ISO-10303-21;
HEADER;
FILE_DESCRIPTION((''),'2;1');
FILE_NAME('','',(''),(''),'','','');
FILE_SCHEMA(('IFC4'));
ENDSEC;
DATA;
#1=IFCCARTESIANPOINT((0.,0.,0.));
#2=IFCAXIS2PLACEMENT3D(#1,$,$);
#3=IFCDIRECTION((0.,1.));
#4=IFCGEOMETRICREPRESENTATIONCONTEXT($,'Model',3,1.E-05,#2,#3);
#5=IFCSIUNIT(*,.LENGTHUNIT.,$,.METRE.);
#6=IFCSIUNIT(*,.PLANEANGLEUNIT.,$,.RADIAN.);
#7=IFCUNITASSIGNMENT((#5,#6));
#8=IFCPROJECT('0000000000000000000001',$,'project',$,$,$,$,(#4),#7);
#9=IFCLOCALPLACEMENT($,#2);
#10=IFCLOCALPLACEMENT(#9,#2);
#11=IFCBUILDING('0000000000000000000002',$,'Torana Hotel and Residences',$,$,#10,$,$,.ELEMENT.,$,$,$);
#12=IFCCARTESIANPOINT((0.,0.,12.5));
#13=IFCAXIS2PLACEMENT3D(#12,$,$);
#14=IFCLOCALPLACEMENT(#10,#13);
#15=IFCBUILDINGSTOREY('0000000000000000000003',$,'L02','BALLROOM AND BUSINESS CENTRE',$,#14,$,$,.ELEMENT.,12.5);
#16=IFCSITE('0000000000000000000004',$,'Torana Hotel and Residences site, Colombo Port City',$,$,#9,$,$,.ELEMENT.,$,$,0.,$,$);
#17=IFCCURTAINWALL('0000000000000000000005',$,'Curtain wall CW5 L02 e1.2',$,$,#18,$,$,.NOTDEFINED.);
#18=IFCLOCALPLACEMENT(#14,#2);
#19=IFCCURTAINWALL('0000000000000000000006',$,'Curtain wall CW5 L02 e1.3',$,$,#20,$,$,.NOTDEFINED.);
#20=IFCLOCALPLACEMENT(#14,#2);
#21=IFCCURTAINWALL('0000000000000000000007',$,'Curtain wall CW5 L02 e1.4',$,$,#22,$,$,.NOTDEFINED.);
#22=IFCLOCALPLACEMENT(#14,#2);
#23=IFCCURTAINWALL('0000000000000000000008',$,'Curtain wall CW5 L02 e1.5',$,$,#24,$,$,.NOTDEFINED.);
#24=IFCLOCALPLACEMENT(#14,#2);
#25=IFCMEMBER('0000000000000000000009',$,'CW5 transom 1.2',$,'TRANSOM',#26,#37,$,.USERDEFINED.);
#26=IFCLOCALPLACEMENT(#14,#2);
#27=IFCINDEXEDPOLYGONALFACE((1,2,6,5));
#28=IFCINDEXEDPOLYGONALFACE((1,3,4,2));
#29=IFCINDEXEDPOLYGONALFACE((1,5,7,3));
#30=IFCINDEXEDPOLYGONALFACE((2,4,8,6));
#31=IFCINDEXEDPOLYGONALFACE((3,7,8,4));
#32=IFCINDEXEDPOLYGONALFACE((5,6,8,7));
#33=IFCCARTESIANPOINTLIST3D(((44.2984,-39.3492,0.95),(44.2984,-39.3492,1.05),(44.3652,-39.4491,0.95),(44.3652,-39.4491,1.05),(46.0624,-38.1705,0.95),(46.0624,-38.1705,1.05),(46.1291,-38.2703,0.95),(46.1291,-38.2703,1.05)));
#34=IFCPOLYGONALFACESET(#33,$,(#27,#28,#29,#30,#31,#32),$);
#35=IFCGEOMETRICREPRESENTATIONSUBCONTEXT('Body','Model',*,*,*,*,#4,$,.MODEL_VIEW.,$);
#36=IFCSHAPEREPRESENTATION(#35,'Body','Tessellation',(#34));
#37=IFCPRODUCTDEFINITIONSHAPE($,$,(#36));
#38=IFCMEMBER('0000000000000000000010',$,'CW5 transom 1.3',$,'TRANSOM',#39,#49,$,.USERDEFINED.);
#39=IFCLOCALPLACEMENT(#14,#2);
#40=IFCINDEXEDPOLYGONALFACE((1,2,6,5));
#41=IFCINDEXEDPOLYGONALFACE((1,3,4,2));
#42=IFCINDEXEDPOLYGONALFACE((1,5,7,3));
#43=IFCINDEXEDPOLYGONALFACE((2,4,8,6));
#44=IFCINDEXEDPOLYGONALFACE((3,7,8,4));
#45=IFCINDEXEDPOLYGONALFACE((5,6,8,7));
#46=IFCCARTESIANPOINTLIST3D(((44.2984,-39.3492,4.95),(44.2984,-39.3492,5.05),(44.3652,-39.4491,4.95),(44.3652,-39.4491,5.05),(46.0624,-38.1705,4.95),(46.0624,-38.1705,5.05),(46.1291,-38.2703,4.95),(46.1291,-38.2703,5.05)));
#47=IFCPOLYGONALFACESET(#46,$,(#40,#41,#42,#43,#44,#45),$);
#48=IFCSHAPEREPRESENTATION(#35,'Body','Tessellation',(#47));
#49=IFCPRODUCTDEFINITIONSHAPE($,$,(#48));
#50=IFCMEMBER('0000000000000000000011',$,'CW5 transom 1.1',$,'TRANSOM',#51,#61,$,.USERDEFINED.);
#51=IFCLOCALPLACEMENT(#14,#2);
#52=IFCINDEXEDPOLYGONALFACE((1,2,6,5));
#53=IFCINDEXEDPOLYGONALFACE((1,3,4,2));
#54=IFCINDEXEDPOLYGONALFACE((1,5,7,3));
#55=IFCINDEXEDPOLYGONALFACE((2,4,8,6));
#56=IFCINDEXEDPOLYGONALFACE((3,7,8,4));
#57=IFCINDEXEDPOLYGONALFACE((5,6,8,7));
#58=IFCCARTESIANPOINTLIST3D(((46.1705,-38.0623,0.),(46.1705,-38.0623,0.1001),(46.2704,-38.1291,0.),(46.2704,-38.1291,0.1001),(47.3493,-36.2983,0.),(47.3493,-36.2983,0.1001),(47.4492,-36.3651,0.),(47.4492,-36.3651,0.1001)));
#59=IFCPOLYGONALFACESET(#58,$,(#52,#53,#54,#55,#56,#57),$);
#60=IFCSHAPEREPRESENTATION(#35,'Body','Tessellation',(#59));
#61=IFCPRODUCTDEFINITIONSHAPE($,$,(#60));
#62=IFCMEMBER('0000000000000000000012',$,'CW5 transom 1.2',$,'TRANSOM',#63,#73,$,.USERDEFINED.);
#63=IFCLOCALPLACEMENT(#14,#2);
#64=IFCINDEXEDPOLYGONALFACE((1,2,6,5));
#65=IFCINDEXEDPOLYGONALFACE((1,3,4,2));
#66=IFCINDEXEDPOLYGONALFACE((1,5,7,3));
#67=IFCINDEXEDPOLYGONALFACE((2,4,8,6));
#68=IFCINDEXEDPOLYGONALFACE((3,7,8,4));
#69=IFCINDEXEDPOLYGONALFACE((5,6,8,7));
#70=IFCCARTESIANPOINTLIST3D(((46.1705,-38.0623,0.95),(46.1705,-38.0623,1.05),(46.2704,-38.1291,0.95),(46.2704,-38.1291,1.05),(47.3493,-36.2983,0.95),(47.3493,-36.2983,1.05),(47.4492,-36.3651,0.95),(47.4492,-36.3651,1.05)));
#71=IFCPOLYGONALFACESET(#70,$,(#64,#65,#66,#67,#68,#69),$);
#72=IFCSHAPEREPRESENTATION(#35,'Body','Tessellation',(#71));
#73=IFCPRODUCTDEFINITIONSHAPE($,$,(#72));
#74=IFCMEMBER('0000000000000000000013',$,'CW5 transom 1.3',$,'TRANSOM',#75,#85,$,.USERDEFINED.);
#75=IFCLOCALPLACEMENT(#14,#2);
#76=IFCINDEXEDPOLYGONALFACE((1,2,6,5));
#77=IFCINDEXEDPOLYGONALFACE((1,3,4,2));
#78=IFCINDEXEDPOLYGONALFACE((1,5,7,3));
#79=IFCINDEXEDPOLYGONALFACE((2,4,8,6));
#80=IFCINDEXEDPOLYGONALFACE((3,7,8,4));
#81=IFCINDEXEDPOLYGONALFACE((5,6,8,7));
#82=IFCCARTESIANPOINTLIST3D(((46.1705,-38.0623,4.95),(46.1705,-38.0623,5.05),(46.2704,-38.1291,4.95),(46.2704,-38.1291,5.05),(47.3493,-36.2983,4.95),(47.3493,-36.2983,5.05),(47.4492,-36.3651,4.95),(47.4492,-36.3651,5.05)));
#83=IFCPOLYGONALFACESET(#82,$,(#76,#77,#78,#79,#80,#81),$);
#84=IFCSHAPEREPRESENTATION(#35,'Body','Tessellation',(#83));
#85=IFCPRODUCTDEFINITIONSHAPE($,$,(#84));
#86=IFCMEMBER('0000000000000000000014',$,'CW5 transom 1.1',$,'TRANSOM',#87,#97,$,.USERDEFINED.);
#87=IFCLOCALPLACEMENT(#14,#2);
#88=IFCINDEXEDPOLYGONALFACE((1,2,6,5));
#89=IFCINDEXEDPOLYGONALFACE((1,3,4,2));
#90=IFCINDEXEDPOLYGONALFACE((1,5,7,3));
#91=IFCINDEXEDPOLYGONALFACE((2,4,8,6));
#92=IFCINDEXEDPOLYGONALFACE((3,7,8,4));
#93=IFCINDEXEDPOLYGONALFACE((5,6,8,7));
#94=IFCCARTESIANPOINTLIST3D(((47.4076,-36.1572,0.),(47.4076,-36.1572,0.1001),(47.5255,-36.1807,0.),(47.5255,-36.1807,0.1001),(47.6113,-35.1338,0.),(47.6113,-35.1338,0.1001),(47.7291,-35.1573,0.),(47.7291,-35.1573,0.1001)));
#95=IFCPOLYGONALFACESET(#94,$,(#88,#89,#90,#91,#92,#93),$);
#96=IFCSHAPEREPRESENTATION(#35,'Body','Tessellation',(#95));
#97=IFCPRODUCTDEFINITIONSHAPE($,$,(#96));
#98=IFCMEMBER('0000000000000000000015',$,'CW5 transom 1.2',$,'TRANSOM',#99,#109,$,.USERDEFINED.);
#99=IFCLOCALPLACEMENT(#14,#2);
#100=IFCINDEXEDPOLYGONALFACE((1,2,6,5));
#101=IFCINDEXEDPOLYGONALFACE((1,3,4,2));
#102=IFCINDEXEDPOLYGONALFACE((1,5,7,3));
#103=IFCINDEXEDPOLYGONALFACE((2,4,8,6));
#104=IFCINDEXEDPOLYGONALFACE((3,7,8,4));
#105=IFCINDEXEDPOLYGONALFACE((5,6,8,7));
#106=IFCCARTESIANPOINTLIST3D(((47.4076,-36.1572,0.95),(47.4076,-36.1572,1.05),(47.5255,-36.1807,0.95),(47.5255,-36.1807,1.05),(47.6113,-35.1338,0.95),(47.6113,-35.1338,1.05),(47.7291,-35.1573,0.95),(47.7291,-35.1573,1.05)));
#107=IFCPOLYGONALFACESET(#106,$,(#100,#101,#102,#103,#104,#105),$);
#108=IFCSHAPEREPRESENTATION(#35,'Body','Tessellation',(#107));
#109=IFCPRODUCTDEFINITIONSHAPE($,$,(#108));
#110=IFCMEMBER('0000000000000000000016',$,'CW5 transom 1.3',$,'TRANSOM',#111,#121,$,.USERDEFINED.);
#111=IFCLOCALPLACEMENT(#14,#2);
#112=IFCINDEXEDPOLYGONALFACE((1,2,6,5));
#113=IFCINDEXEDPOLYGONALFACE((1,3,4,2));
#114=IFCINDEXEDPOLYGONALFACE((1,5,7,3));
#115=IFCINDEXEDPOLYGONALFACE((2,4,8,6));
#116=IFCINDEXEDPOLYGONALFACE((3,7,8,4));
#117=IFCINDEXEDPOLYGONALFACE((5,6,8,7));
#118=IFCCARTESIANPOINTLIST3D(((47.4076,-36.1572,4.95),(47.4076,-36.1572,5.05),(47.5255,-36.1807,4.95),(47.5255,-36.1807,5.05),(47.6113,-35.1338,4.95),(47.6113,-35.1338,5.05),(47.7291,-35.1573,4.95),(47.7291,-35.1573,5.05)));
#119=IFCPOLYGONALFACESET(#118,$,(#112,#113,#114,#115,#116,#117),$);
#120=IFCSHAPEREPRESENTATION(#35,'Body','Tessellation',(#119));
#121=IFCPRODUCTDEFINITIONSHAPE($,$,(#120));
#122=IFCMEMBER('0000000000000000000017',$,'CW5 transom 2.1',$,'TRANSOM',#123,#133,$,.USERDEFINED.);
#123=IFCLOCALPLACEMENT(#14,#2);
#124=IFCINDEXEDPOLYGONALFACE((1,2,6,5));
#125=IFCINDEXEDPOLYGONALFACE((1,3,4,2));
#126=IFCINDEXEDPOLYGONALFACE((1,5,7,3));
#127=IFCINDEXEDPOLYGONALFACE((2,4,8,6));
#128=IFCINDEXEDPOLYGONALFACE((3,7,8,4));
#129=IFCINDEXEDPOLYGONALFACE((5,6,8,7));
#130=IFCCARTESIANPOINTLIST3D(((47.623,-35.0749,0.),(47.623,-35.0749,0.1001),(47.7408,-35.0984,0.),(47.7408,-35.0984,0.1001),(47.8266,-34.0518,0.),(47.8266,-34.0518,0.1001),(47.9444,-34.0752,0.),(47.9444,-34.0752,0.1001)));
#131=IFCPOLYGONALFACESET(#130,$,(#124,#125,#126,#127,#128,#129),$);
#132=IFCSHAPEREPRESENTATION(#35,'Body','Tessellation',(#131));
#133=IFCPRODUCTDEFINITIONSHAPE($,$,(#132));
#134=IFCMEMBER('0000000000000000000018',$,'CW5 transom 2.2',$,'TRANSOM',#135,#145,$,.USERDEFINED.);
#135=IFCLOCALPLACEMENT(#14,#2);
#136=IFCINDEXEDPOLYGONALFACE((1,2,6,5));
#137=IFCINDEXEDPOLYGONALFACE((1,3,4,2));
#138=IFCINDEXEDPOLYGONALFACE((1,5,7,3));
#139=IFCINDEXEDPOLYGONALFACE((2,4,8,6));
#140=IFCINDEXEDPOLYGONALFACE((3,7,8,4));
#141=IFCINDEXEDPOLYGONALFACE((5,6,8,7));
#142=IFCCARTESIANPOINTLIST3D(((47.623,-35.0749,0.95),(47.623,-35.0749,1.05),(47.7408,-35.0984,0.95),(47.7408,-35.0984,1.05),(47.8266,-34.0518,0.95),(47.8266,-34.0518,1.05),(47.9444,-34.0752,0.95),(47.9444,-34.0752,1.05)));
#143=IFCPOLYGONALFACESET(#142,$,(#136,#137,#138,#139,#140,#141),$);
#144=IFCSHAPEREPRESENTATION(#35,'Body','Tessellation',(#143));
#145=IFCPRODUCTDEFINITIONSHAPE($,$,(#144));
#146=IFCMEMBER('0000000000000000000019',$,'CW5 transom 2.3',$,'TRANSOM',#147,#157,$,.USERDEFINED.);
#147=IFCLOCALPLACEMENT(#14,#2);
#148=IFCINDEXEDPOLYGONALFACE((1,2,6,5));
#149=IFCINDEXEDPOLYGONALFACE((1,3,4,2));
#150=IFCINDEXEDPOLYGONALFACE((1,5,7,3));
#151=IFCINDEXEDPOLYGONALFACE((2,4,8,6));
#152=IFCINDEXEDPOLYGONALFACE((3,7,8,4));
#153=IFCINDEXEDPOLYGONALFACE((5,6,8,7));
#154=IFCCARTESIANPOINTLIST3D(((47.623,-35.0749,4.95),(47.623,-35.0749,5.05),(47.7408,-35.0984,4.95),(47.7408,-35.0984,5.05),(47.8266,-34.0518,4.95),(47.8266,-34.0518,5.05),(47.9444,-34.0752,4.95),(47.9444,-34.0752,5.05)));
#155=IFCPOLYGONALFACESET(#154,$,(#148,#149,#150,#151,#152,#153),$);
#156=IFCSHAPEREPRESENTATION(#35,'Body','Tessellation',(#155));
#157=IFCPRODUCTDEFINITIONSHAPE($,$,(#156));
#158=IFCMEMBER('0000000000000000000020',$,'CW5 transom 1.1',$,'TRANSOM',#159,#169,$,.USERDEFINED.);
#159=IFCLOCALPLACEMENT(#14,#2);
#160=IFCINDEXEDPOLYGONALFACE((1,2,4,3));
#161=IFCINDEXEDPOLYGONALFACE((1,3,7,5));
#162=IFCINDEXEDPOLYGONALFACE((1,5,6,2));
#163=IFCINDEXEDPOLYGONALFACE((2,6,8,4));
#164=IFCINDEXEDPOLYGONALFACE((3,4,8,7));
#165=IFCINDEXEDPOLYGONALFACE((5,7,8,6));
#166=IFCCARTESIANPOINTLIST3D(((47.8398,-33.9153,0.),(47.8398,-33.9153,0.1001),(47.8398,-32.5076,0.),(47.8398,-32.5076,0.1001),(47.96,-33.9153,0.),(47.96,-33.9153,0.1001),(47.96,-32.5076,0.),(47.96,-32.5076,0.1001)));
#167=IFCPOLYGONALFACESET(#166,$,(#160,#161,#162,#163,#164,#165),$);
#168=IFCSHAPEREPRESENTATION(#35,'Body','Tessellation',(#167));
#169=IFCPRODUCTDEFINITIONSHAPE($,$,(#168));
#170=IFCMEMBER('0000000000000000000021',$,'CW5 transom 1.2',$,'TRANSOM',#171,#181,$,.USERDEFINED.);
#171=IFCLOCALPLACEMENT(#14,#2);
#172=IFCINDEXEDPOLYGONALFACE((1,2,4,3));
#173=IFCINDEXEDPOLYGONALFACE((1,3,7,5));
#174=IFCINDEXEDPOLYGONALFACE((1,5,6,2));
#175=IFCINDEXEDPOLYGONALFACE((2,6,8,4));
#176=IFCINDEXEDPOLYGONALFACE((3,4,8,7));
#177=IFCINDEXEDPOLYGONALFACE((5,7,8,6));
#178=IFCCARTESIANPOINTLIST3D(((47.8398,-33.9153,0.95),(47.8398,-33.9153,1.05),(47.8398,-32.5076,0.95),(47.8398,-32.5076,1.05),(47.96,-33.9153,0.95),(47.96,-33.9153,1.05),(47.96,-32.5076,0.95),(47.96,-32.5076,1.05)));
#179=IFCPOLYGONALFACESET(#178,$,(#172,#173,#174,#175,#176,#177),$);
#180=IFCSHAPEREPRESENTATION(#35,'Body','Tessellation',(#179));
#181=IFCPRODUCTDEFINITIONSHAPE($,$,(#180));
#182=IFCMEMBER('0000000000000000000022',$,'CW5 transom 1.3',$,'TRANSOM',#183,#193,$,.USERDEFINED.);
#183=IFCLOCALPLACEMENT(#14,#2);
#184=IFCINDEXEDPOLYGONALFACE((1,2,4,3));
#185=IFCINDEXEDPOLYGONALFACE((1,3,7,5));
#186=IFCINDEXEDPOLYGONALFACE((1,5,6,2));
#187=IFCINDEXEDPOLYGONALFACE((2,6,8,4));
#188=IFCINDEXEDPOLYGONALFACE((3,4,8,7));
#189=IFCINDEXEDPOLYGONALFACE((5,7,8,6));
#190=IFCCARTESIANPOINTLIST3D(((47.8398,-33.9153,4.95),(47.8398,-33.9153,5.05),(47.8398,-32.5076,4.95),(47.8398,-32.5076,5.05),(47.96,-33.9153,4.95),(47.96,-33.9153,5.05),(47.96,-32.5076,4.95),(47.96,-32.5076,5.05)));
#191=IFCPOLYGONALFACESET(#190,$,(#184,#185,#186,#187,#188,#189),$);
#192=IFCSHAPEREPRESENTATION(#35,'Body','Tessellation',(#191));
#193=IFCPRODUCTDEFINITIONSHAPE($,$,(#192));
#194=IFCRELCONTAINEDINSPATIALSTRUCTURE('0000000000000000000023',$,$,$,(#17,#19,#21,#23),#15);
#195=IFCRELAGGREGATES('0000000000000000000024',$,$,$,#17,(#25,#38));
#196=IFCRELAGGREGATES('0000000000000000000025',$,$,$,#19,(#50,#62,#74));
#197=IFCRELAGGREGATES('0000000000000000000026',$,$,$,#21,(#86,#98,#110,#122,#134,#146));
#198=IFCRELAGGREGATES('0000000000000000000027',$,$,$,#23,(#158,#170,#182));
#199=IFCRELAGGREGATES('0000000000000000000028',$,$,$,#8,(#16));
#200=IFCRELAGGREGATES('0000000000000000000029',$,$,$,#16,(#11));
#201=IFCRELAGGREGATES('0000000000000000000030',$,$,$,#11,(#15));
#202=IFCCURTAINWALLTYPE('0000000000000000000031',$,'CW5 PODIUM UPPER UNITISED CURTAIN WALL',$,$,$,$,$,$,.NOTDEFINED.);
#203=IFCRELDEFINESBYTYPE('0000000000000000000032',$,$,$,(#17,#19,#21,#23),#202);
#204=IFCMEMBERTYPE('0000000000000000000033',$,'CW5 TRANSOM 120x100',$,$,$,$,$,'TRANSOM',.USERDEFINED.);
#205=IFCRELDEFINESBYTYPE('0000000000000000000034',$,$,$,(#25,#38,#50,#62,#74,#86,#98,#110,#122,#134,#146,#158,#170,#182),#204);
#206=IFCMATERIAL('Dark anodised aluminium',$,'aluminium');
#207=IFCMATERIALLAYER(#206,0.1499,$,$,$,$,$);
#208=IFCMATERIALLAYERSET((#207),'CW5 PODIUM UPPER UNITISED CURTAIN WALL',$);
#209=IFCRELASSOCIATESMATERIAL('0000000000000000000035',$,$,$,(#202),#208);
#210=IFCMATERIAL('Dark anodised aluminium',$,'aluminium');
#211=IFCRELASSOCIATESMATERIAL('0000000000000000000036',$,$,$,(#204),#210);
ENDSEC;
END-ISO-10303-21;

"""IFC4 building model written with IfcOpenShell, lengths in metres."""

from ifc_helpers import new_model, si_unit, direction, frame, origin, origin_2d, place, context, subcontext, project, spatial, rectangle, extrude, material, layer, layer_set, material_profile, profile_set, type_object, element, aggregate, save


model = new_model("IFC4")

# Units and contexts
model_context = context("Model", 3, precision=1e-05, world=origin(), true_north=direction((0.0, 1.0)))
body_context = subcontext(model_context, "Body", "Model", "MODEL_VIEW")
ifc_project = project(units=[si_unit("LENGTHUNIT", "METRE"), si_unit("PLANEANGLEUNIT", "RADIAN")], contexts=[model_context])

# Site, building, storey
site_placement = place(None, origin())
site = spatial("IfcSite", under=ifc_project, at=site_placement, Name="Torana Hotel and Residences site, Colombo Port City", CompositionType="ELEMENT", RefElevation=0.0)
building_placement = place(site_placement, origin())
building = spatial("IfcBuilding", under=site, at=building_placement, Name="Torana Hotel and Residences", CompositionType="ELEMENT")
storey_placement = place(building_placement, frame((0.0, 0.0, 12.5)))
storey = spatial("IfcBuildingStorey", under=building, at=storey_placement, Name="L02", Description="BALLROOM AND BUSINESS CENTRE", CompositionType="ELEMENT", Elevation=12.5)

# Shared definitions
ifc_material_1 = material(Name="Dark anodised aluminium", Category="aluminium")
ifc_layer_1 = layer(ifc_material_1, 0.1499)
ifc_layer_set_1 = layer_set([ifc_layer_1], Name="CW5 PODIUM UPPER UNITISED CURTAIN WALL")
curtain_wall_type = type_object("IfcCurtainWallType", Name="CW5 PODIUM UPPER UNITISED CURTAIN WALL", PredefinedType="NOTDEFINED", material=ifc_layer_set_1)

# Curtain walls
curtain_wall_1_placement = place(storey_placement, origin())
curtain_wall_1 = element("IfcCurtainWall", 1, at=curtain_wall_1_placement, inside=storey, type_object=curtain_wall_type, Name="Curtain wall CW5 L02 e1.2", PredefinedType="NOTDEFINED")
curtain_wall_2_placement = place(storey_placement, origin())
curtain_wall_2 = element("IfcCurtainWall", 2, at=curtain_wall_2_placement, inside=storey, type_object=curtain_wall_type, Name="Curtain wall CW5 L02 e1.3", PredefinedType="NOTDEFINED")
curtain_wall_3_placement = place(storey_placement, origin())
curtain_wall_3 = element("IfcCurtainWall", 3, at=curtain_wall_3_placement, inside=storey, type_object=curtain_wall_type, Name="Curtain wall CW5 L02 e1.4", PredefinedType="NOTDEFINED")

# Curtain wall
curtain_wall_4_placement = place(storey_placement, origin())
curtain_wall_4 = element("IfcCurtainWall", 4, at=curtain_wall_4_placement, inside=storey, type_object=curtain_wall_type, Name="Curtain wall CW5 L02 e1.5", PredefinedType="NOTDEFINED")

# Members
ifc_material_2 = material(Name="Dark anodised aluminium", Category="aluminium")
ifc_material_profile_1 = material_profile(ifc_material_2, rectangle(XDim=0.1201, YDim=0.1001, at=origin_2d()), Name="CW5 TRANSOM 120x100")
ifc_profile_set_1 = profile_set([ifc_material_profile_1], Name="Dark anodised aluminium")
member_type_1 = type_object("IfcMemberType", Name="CW5 TRANSOM 120x100", ElementType="TRANSOM", PredefinedType="USERDEFINED", material=ifc_profile_set_1)
member_1_placement = place(storey_placement, frame((44.3318, -39.3992, 1.0), z_axis=(0.831448, 0.555603, 0.0), x_axis=(-0.555603, 0.831448, 0.0)))
member_1 = element("IfcMember", 5, at=member_1_placement, type_object=member_type_1, Name="CW5 transom 1.2", ObjectType="TRANSOM", PredefinedType="USERDEFINED", context=body_context, shape_type="SweptSolid", body=[
    extrude(rectangle(XDim=0.1201, YDim=0.1001, at=origin_2d()), origin(), (0.0, 0.0, 1.0), 2.1216),
])
member_2_placement = place(storey_placement, frame((44.3318, -39.3992, 5.0), z_axis=(0.831448, 0.555603, 0.0), x_axis=(-0.555603, 0.831448, 0.0)))
member_2 = element("IfcMember", 6, at=member_2_placement, type_object=member_type_1, Name="CW5 transom 1.3", ObjectType="TRANSOM", PredefinedType="USERDEFINED", context=body_context, shape_type="SweptSolid", body=[
    extrude(rectangle(XDim=0.1201, YDim=0.1001, at=origin_2d()), origin(), (0.0, 0.0, 1.0), 2.1216),
])
member_3_placement = place(storey_placement, frame((46.2205, -38.0957, 0.05), z_axis=(0.555603, 0.831448, 0.0), x_axis=(-0.831448, 0.555603, 0.0)))
member_3 = element("IfcMember", 7, at=member_3_placement, type_object=member_type_1, Name="CW5 transom 1.1", ObjectType="TRANSOM", PredefinedType="USERDEFINED", context=body_context, shape_type="SweptSolid", body=[
    extrude(rectangle(XDim=0.1201, YDim=0.1001, at=origin_2d()), origin(), (0.0, 0.0, 1.0), 2.1216),
])
member_4_placement = place(storey_placement, frame((46.2205, -38.0957, 1.0), z_axis=(0.555603, 0.831448, 0.0), x_axis=(-0.831448, 0.555603, 0.0)))
member_4 = element("IfcMember", 8, at=member_4_placement, type_object=member_type_1, Name="CW5 transom 1.2", ObjectType="TRANSOM", PredefinedType="USERDEFINED", context=body_context, shape_type="SweptSolid", body=[
    extrude(rectangle(XDim=0.1201, YDim=0.1001, at=origin_2d()), origin(), (0.0, 0.0, 1.0), 2.1216),
])
member_5_placement = place(storey_placement, frame((46.2205, -38.0957, 5.0), z_axis=(0.555603, 0.831448, 0.0), x_axis=(-0.831448, 0.555603, 0.0)))
member_5 = element("IfcMember", 9, at=member_5_placement, type_object=member_type_1, Name="CW5 transom 1.3", ObjectType="TRANSOM", PredefinedType="USERDEFINED", context=body_context, shape_type="SweptSolid", body=[
    extrude(rectangle(XDim=0.1201, YDim=0.1001, at=origin_2d()), origin(), (0.0, 0.0, 1.0), 2.1216),
])
member_6_placement = place(storey_placement, frame((47.4666, -36.1689, 0.05), z_axis=(0.195126, 0.980778, 0.0), x_axis=(-0.980778, 0.195126, 0.0)))
member_6 = element("IfcMember", 10, at=member_6_placement, type_object=member_type_1, Name="CW5 transom 1.1", ObjectType="TRANSOM", PredefinedType="USERDEFINED", context=body_context, shape_type="SweptSolid", body=[
    extrude(rectangle(XDim=0.1201, YDim=0.1001, at=origin_2d()), origin(), (0.0, 0.0, 1.0), 1.0435),
])
member_7_placement = place(storey_placement, frame((47.4666, -36.1689, 1.0), z_axis=(0.195126, 0.980778, 0.0), x_axis=(-0.980778, 0.195126, 0.0)))
member_7 = element("IfcMember", 11, at=member_7_placement, type_object=member_type_1, Name="CW5 transom 1.2", ObjectType="TRANSOM", PredefinedType="USERDEFINED", context=body_context, shape_type="SweptSolid", body=[
    extrude(rectangle(XDim=0.1201, YDim=0.1001, at=origin_2d()), origin(), (0.0, 0.0, 1.0), 1.0435),
])
member_8_placement = place(storey_placement, frame((47.4666, -36.1689, 5.0), z_axis=(0.195126, 0.980778, 0.0), x_axis=(-0.980778, 0.195126, 0.0)))
member_8 = element("IfcMember", 12, at=member_8_placement, type_object=member_type_1, Name="CW5 transom 1.3", ObjectType="TRANSOM", PredefinedType="USERDEFINED", context=body_context, shape_type="SweptSolid", body=[
    extrude(rectangle(XDim=0.1201, YDim=0.1001, at=origin_2d()), origin(), (0.0, 0.0, 1.0), 1.0435),
])
member_9_placement = place(storey_placement, frame((47.6819, -35.0867, 0.05), z_axis=(0.195171, 0.980769, 0.0), x_axis=(-0.980769, 0.195171, 0.0)))
member_9 = element("IfcMember", 13, at=member_9_placement, type_object=member_type_1, Name="CW5 transom 2.1", ObjectType="TRANSOM", PredefinedType="USERDEFINED", context=body_context, shape_type="SweptSolid", body=[
    extrude(rectangle(XDim=0.1201, YDim=0.1001, at=origin_2d()), origin(), (0.0, 0.0, 1.0), 1.0432),
])
member_10_placement = place(storey_placement, frame((47.6819, -35.0867, 1.0), z_axis=(0.195171, 0.980769, 0.0), x_axis=(-0.980769, 0.195171, 0.0)))
member_10 = element("IfcMember", 14, at=member_10_placement, type_object=member_type_1, Name="CW5 transom 2.2", ObjectType="TRANSOM", PredefinedType="USERDEFINED", context=body_context, shape_type="SweptSolid", body=[
    extrude(rectangle(XDim=0.1201, YDim=0.1001, at=origin_2d()), origin(), (0.0, 0.0, 1.0), 1.0432),
])
member_11_placement = place(storey_placement, frame((47.6819, -35.0867, 5.0), z_axis=(0.195171, 0.980769, 0.0), x_axis=(-0.980769, 0.195171, 0.0)))
member_11 = element("IfcMember", 15, at=member_11_placement, type_object=member_type_1, Name="CW5 transom 2.3", ObjectType="TRANSOM", PredefinedType="USERDEFINED", context=body_context, shape_type="SweptSolid", body=[
    extrude(rectangle(XDim=0.1201, YDim=0.1001, at=origin_2d()), origin(), (0.0, 0.0, 1.0), 1.0432),
])
member_12_placement = place(storey_placement, frame((47.8999, -33.9153, 0.05), z_axis=(0.0, 1.0, 0.0), x_axis=(-1.0, 0.0, 0.0)))
member_12 = element("IfcMember", 16, at=member_12_placement, type_object=member_type_1, Name="CW5 transom 1.1", ObjectType="TRANSOM", PredefinedType="USERDEFINED", context=body_context, shape_type="SweptSolid", body=[
    extrude(rectangle(XDim=0.1201, YDim=0.1001, at=origin_2d()), origin(), (0.0, 0.0, 1.0), 1.4077),
])
member_13_placement = place(storey_placement, frame((47.8999, -33.9153, 1.0), z_axis=(0.0, 1.0, 0.0), x_axis=(-1.0, 0.0, 0.0)))
member_13 = element("IfcMember", 17, at=member_13_placement, type_object=member_type_1, Name="CW5 transom 1.2", ObjectType="TRANSOM", PredefinedType="USERDEFINED", context=body_context, shape_type="SweptSolid", body=[
    extrude(rectangle(XDim=0.1201, YDim=0.1001, at=origin_2d()), origin(), (0.0, 0.0, 1.0), 1.4077),
])
member_14_placement = place(storey_placement, frame((47.8999, -33.9153, 5.0), z_axis=(0.0, 1.0, 0.0), x_axis=(-1.0, 0.0, 0.0)))
member_14 = element("IfcMember", 18, at=member_14_placement, type_object=member_type_1, Name="CW5 transom 1.3", ObjectType="TRANSOM", PredefinedType="USERDEFINED", context=body_context, shape_type="SweptSolid", body=[
    extrude(rectangle(XDim=0.1201, YDim=0.1001, at=origin_2d()), origin(), (0.0, 0.0, 1.0), 1.4077),
])

aggregate(curtain_wall_1, [member_1, member_2])
aggregate(curtain_wall_2, [member_3, member_4, member_5])
aggregate(curtain_wall_3, [member_6, member_7, member_8, member_9, member_10, member_11])
aggregate(curtain_wall_4, [member_12, member_13, member_14])

save(model, "model.ifc")
